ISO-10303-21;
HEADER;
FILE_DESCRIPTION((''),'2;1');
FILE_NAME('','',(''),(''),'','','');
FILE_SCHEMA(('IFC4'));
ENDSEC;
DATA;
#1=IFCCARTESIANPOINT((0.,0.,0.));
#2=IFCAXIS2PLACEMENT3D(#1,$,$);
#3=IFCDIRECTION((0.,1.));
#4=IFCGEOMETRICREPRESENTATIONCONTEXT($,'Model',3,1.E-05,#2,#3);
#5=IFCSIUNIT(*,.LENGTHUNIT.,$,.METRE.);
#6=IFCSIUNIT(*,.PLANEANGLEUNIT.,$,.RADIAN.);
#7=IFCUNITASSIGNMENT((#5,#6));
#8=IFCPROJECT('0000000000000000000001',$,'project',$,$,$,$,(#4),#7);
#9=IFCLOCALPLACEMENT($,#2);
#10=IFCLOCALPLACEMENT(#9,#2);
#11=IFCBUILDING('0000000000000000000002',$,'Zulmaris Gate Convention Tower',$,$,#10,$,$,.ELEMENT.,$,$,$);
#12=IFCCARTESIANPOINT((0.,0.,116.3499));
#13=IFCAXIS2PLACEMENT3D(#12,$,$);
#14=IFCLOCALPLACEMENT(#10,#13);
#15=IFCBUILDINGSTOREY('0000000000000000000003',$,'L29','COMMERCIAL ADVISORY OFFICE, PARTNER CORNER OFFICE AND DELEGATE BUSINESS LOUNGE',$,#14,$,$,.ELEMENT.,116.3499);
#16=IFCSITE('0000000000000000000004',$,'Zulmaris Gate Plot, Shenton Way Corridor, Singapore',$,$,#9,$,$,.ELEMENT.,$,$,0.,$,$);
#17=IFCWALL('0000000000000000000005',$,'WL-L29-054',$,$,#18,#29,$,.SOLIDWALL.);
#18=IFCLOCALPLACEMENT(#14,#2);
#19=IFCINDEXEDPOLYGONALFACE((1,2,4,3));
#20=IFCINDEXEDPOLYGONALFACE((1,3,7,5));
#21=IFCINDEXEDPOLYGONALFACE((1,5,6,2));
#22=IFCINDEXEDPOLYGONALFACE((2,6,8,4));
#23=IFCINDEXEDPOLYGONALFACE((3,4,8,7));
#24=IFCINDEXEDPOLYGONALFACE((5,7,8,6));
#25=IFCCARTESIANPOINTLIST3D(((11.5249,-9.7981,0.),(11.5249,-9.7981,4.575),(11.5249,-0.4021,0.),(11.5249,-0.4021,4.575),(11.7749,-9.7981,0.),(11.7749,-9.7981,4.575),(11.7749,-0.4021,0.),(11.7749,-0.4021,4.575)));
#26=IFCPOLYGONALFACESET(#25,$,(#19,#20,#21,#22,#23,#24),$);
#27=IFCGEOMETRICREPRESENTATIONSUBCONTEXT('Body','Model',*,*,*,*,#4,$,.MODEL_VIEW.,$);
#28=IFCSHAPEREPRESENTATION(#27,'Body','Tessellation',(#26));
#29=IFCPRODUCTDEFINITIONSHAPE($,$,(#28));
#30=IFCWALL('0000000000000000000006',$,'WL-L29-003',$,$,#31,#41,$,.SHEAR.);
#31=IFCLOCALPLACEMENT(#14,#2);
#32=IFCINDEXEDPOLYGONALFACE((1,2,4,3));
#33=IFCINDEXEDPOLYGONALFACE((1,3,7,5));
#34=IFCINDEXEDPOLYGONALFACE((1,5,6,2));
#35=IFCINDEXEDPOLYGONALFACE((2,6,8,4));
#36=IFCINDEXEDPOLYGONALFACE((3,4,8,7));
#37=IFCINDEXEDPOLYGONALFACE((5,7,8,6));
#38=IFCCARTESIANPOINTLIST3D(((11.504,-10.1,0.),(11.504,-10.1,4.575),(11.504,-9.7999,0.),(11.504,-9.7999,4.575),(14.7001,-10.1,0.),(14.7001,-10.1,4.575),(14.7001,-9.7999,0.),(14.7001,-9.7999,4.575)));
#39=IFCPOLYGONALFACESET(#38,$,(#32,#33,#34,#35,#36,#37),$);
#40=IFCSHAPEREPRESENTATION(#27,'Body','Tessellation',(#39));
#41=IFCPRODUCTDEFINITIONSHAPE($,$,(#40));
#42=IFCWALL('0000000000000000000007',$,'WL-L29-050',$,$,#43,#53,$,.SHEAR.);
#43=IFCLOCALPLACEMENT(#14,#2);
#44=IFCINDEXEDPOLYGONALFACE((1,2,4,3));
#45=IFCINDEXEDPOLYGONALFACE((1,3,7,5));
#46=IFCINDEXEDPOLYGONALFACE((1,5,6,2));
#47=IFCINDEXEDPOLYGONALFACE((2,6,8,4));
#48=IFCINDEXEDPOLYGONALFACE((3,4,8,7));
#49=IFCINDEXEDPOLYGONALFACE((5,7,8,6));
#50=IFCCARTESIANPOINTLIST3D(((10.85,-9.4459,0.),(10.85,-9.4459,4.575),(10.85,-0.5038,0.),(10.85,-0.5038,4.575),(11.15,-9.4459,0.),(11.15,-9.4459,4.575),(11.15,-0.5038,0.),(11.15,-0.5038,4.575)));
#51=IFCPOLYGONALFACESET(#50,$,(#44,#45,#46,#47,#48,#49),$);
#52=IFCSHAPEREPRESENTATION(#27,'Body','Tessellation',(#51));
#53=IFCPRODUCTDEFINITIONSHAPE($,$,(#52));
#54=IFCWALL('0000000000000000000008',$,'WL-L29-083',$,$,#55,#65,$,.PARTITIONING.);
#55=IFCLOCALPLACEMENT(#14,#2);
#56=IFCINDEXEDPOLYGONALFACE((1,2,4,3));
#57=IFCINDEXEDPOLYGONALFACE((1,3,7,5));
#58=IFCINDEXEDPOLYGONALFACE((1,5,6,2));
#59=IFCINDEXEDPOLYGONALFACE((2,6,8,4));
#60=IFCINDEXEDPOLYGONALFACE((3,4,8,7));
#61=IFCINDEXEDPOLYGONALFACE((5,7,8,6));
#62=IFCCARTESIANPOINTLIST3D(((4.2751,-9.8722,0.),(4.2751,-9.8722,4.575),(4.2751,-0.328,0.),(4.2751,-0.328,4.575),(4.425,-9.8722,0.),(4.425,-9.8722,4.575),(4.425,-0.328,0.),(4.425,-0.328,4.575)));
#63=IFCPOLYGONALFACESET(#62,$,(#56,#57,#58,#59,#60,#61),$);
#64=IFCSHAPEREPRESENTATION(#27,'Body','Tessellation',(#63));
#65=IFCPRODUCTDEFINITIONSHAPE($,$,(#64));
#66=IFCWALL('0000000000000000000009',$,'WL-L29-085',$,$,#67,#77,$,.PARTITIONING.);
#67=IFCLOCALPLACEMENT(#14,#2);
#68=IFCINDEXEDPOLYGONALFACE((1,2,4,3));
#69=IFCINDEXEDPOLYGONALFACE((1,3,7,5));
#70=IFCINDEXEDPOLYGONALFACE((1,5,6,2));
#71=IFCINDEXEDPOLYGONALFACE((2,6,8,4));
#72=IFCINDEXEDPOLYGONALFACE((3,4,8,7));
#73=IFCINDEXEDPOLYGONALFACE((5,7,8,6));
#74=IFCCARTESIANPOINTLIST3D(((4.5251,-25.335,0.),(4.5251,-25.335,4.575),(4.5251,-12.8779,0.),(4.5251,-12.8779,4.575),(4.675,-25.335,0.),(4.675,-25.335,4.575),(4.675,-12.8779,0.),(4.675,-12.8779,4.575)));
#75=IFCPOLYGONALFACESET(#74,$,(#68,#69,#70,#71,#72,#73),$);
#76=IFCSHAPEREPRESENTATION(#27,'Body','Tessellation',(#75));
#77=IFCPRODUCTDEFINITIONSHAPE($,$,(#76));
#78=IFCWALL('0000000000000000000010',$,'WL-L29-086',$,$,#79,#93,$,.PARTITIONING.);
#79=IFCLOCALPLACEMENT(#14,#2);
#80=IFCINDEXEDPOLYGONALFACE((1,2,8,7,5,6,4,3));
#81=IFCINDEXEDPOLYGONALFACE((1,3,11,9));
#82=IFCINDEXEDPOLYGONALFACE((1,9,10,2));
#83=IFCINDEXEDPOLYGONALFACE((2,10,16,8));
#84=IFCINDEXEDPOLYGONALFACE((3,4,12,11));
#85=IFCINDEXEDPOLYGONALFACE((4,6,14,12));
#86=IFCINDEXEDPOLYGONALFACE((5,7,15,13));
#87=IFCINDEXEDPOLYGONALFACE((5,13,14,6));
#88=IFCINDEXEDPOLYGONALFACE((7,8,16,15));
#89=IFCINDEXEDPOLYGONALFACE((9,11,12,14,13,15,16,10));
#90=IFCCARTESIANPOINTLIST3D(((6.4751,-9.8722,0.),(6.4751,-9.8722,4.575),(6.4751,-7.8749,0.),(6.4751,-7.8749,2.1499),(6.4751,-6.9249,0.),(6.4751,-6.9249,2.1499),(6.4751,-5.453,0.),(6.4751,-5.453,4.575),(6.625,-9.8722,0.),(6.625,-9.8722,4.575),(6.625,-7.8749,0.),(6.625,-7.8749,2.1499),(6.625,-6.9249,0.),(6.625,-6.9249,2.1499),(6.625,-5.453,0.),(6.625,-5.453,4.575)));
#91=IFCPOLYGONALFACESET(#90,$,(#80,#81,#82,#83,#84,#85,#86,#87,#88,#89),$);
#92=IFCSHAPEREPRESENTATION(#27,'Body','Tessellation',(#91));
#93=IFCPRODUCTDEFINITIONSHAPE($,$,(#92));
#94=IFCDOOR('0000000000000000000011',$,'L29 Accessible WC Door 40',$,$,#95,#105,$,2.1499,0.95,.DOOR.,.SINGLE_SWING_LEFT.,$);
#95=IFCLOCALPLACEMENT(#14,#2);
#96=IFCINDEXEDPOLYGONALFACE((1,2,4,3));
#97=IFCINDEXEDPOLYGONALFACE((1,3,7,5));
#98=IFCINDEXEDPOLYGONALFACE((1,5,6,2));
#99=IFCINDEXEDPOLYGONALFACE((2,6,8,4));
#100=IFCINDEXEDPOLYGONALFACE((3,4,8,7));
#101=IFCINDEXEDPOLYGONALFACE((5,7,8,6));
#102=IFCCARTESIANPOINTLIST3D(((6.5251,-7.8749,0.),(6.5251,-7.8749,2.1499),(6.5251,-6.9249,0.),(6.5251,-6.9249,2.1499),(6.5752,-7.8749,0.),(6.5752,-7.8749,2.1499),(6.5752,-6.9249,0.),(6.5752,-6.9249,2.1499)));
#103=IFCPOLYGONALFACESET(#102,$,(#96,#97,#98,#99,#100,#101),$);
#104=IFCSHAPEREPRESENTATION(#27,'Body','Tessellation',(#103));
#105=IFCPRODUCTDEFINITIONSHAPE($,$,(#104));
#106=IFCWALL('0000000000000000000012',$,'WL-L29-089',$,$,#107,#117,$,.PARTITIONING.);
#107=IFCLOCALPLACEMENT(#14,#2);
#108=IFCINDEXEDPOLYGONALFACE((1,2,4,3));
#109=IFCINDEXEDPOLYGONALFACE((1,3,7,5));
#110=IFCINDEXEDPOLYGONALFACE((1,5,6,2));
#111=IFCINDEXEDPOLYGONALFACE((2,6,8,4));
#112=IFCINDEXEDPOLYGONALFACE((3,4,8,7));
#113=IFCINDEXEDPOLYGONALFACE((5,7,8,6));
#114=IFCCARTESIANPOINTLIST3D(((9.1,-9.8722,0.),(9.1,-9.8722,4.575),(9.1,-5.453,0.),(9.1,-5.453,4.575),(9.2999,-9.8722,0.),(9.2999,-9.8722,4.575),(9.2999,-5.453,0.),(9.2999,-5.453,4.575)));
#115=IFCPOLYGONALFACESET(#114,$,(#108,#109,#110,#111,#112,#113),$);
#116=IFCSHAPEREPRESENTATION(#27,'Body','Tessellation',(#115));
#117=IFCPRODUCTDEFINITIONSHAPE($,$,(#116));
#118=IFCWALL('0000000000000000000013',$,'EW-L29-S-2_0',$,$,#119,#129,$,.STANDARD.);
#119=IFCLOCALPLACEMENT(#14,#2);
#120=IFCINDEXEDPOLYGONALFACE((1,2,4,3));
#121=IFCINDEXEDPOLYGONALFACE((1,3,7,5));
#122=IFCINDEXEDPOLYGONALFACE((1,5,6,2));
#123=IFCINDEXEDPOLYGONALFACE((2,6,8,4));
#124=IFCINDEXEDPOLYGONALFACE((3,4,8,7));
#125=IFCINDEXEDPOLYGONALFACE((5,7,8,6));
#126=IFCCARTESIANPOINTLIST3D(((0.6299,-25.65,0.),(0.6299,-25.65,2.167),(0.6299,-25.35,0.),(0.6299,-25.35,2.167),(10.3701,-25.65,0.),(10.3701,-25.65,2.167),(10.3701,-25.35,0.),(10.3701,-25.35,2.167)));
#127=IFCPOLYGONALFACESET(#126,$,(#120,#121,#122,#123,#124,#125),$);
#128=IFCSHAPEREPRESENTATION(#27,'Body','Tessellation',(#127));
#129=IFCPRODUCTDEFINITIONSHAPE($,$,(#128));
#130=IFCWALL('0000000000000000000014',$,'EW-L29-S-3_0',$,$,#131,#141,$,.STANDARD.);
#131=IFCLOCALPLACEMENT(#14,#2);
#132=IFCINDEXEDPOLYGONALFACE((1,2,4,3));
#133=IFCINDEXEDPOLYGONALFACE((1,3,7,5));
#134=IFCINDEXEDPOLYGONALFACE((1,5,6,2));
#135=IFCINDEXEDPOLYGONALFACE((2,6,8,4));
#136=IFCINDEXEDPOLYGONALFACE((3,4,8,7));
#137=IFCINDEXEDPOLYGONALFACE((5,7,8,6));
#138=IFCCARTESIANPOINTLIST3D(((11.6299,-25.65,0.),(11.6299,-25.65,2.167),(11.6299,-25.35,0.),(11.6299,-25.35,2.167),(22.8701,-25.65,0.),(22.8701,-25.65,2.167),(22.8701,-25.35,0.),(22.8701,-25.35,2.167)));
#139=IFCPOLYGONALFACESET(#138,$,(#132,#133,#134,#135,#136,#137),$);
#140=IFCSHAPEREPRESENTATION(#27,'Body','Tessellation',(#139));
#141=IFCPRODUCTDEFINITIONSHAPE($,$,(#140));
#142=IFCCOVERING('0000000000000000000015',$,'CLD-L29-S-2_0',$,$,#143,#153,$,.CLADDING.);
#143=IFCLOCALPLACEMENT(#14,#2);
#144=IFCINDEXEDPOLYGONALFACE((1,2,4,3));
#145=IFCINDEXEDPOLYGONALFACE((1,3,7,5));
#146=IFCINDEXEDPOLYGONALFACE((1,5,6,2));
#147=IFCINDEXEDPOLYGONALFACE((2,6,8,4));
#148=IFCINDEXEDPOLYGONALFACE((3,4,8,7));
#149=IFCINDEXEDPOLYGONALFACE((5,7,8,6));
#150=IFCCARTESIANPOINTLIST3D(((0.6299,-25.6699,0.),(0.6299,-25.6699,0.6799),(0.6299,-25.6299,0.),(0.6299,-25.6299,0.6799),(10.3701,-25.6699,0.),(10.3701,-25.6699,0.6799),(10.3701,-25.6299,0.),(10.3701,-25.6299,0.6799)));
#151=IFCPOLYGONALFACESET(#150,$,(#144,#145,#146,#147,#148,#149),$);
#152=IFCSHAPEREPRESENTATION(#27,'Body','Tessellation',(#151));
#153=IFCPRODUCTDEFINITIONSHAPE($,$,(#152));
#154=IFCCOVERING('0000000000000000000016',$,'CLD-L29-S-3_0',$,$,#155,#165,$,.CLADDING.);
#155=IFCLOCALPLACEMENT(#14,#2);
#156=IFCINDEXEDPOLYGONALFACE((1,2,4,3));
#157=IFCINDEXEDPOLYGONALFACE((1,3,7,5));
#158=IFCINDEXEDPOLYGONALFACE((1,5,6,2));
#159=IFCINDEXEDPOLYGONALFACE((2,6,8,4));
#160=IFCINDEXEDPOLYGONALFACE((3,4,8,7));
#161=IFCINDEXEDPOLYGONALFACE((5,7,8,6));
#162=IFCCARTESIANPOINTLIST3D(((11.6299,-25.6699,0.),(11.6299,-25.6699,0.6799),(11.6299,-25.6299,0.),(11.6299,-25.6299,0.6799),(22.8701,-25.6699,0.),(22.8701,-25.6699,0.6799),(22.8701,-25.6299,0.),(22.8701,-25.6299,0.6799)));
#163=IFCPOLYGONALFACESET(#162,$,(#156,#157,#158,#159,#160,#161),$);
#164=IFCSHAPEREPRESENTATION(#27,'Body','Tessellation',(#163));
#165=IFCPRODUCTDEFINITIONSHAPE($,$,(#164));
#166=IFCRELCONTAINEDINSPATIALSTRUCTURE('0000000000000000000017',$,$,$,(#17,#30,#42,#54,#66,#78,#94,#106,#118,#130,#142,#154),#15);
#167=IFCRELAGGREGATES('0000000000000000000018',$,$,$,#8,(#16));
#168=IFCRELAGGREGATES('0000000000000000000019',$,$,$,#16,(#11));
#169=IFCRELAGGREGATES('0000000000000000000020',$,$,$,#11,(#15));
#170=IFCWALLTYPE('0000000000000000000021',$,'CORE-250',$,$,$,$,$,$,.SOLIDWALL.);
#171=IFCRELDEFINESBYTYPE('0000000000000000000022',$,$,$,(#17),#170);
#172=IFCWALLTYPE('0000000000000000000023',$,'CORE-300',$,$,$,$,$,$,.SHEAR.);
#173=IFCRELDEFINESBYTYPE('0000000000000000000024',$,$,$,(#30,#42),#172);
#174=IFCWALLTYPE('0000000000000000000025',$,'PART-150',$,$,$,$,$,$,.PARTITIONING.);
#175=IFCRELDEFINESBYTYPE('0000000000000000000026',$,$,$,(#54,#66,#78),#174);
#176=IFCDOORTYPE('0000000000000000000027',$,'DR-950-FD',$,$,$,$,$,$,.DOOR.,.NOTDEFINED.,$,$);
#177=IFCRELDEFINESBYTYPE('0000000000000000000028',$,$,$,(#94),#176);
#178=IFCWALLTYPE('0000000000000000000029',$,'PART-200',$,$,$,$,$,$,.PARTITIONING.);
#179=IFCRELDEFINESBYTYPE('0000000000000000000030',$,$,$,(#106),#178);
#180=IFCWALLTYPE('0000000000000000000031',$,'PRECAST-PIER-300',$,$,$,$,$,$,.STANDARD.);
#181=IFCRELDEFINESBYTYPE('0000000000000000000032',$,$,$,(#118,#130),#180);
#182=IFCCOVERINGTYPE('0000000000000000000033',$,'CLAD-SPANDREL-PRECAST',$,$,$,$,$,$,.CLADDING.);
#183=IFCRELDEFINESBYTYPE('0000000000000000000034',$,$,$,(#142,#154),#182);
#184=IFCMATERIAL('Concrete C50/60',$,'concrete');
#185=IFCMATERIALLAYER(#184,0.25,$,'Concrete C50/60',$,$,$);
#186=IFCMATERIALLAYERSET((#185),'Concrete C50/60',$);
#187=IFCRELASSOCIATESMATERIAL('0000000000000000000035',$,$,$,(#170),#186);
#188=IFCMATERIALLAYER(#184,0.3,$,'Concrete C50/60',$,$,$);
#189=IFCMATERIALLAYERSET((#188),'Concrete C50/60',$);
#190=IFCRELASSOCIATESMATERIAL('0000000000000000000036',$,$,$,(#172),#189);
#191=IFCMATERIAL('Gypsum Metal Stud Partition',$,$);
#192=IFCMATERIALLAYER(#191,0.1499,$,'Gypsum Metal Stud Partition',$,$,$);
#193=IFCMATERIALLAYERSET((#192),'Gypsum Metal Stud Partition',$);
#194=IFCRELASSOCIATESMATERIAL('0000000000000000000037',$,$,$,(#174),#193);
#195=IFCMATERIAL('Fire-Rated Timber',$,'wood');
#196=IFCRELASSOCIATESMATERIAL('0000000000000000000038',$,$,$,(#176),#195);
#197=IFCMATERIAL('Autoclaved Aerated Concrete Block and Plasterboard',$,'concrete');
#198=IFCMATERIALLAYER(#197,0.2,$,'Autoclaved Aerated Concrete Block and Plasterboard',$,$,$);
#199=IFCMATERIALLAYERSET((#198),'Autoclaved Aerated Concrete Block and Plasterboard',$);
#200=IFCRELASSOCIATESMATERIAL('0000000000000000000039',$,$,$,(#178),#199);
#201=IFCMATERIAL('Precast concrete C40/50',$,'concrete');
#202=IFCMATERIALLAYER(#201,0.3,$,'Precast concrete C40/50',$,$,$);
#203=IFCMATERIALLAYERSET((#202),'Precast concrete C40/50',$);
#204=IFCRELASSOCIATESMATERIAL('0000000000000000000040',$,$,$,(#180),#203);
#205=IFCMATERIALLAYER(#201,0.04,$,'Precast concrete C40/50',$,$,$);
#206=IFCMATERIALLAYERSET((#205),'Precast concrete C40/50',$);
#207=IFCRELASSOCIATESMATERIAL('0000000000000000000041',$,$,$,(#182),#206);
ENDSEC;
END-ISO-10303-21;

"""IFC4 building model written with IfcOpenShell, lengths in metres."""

from ifc_helpers import new_model, si_unit, direction, frame, frame_2d, origin, place, context, subcontext, project, spatial, rectangle, extrude, material, layer, layer_set, type_object, element, fill, save


model = new_model("IFC4")

# Units and contexts
model_context = context("Model", 3, precision=1e-05, world=origin(), true_north=direction((0.0, 1.0)))
body_context = subcontext(model_context, "Body", "Model", "MODEL_VIEW")
ifc_project = project(units=[si_unit("LENGTHUNIT", "METRE"), si_unit("PLANEANGLEUNIT", "RADIAN")], contexts=[model_context])

# Site, building, storey
site_placement = place(None, origin())
site = spatial("IfcSite", under=ifc_project, at=site_placement, Name="Zulmaris Gate Plot, Shenton Way Corridor, Singapore", CompositionType="ELEMENT", RefElevation=0.0)
building_placement = place(site_placement, origin())
building = spatial("IfcBuilding", under=site, at=building_placement, Name="Zulmaris Gate Convention Tower", CompositionType="ELEMENT")
storey_placement = place(building_placement, frame((0.0, 0.0, 116.3499)))
storey = spatial("IfcBuildingStorey", under=building, at=storey_placement, Name="L29", Description="COMMERCIAL ADVISORY OFFICE, PARTNER CORNER OFFICE AND DELEGATE BUSINESS LOUNGE", CompositionType="ELEMENT", Elevation=116.3499)

# Walls
ifc_material_1 = material(Name="Concrete C50/60", Category="concrete")
ifc_layer_1 = layer(ifc_material_1, 0.25, Name="Concrete C50/60")
ifc_layer_set_1 = layer_set([ifc_layer_1], Name="Concrete C50/60")
wall_type_1 = type_object("IfcWallType", Name="CORE-250", PredefinedType="SOLIDWALL", material=ifc_layer_set_1)
wall_1_placement = place(storey_placement, frame((11.6499, -9.7981, 0.0), z_axis=(0.0, 0.0, 1.0), x_axis=(0.0, 1.0, 0.0)))
element("IfcWall", 1, at=wall_1_placement, inside=storey, type_object=wall_type_1, Name="WL-L29-054", PredefinedType="SOLIDWALL", context=body_context, shape_type="SweptSolid", body=[
    extrude(rectangle(XDim=9.396, YDim=0.25, at=frame_2d((4.698, 0.0))), origin(), (0.0, 0.0, 1.0), 4.575),
])
ifc_layer_2 = layer(ifc_material_1, 0.3, Name="Concrete C50/60")
ifc_layer_set_2 = layer_set([ifc_layer_2], Name="Concrete C50/60")
wall_type_2 = type_object("IfcWallType", Name="CORE-300", PredefinedType="SHEAR", material=ifc_layer_set_2)
wall_2_placement = place(storey_placement, frame((11.5039, -9.95, 0.0), z_axis=(0.0, 0.0, 1.0), x_axis=(1.0, 0.0, 0.0)))
element("IfcWall", 2, at=wall_2_placement, inside=storey, type_object=wall_type_2, Name="WL-L29-003", PredefinedType="SHEAR", context=body_context, shape_type="SweptSolid", body=[
    extrude(rectangle(XDim=3.196, YDim=0.3, at=frame_2d((1.5981, 0.0))), origin(), (0.0, 0.0, 1.0), 4.575),
])
wall_3_placement = place(storey_placement, frame((11.0, -9.446, 0.0), z_axis=(0.0, 0.0, 1.0), x_axis=(0.0, 1.0, 0.0)))
element("IfcWall", 3, at=wall_3_placement, inside=storey, type_object=wall_type_2, Name="WL-L29-050", PredefinedType="SHEAR", context=body_context, shape_type="SweptSolid", body=[
    extrude(rectangle(XDim=8.9421, YDim=0.3, at=frame_2d((4.4712, 0.0))), origin(), (0.0, 0.0, 1.0), 4.575),
])
ifc_material_2 = material(Name="Gypsum Metal Stud Partition")
ifc_layer_3 = layer(ifc_material_2, 0.1499, Name="Gypsum Metal Stud Partition")
ifc_layer_set_3 = layer_set([ifc_layer_3], Name="Gypsum Metal Stud Partition")
wall_type_3 = type_object("IfcWallType", Name="PART-150", PredefinedType="PARTITIONING", material=ifc_layer_set_3)
wall_4_placement = place(storey_placement, frame((4.3501, -9.8721, 0.0), z_axis=(0.0, 0.0, 1.0), x_axis=(0.0, 1.0, 0.0)))
element("IfcWall", 4, at=wall_4_placement, inside=storey, type_object=wall_type_3, Name="WL-L29-083", PredefinedType="PARTITIONING", context=body_context, shape_type="SweptSolid", body=[
    extrude(rectangle(XDim=9.5442, YDim=0.1499, at=frame_2d((4.772, 0.0))), origin(), (0.0, 0.0, 1.0), 4.575),
])
wall_5_placement = place(storey_placement, frame((4.6001, -25.335, 0.0), z_axis=(0.0, 0.0, 1.0), x_axis=(0.0, 1.0, 0.0)))
element("IfcWall", 5, at=wall_5_placement, inside=storey, type_object=wall_type_3, Name="WL-L29-085", PredefinedType="PARTITIONING", context=body_context, shape_type="SweptSolid", body=[
    extrude(rectangle(XDim=12.457, YDim=0.1499, at=frame_2d((6.2285, 0.0))), origin(), (0.0, 0.0, 1.0), 4.575),
])

# Wall, opening, door
wall_6_placement = place(storey_placement, frame((6.55, -9.8721, 0.0), z_axis=(0.0, 0.0, 1.0), x_axis=(0.0, 1.0, 0.0)))
wall_6 = element("IfcWall", 6, at=wall_6_placement, inside=storey, type_object=wall_type_3, Name="WL-L29-086", PredefinedType="PARTITIONING", context=body_context, shape_type="SweptSolid", body=[
    extrude(rectangle(XDim=4.4192, YDim=0.1499, at=frame_2d((2.2095, 0.0))), origin(), (0.0, 0.0, 1.0), 4.575),
])
opening_placement = place(wall_6_placement, frame((1.9971, 0.0, 0.0)))
opening = element("IfcOpeningElement", 7, at=opening_placement, cuts=wall_6, PredefinedType="OPENING", context=body_context, shape_type="SweptSolid", body=[
    extrude(rectangle(XDim=0.95, YDim=2.1499, at=frame_2d((0.4751, 1.075))), frame((0.0, 0.085, 0.0), z_axis=(0.0, -1.0, 0.0), x_axis=(1.0, 0.0, 0.0)), (0.0, 0.0, 1.0), 0.1699),
])
ifc_material_3 = material(Name="Fire-Rated Timber", Category="wood")
door_type = type_object("IfcDoorType", Name="DR-950-FD", OperationType="NOTDEFINED", PredefinedType="DOOR", material=ifc_material_3)
door_placement = place(opening_placement, origin())
door = element("IfcDoor", 8, at=door_placement, inside=storey, type_object=door_type, Name="L29 Accessible WC Door 40", OperationType="SINGLE_SWING_LEFT", OverallHeight=2.1499, OverallWidth=0.95, PredefinedType="DOOR", context=body_context, shape_type="SweptSolid", body=[
    extrude(rectangle(XDim=0.95, YDim=2.1499, at=frame_2d((0.4751, 1.075))), frame((0.0, 0.0249, 0.0), z_axis=(0.0, -1.0, 0.0), x_axis=(1.0, 0.0, 0.0)), (0.0, 0.0, 1.0), 0.05),
])
fill(opening, door)

# Walls
ifc_material_4 = material(Name="Autoclaved Aerated Concrete Block and Plasterboard", Category="concrete")
ifc_layer_4 = layer(ifc_material_4, 0.2, Name="Autoclaved Aerated Concrete Block and Plasterboard")
ifc_layer_set_4 = layer_set([ifc_layer_4], Name="Autoclaved Aerated Concrete Block and Plasterboard")
wall_type_4 = type_object("IfcWallType", Name="PART-200", PredefinedType="PARTITIONING", material=ifc_layer_set_4)
wall_7_placement = place(storey_placement, frame((9.2, -9.8721, 0.0), z_axis=(0.0, 0.0, 1.0), x_axis=(0.0, 1.0, 0.0)))
element("IfcWall", 9, at=wall_7_placement, inside=storey, type_object=wall_type_4, Name="WL-L29-089", PredefinedType="PARTITIONING", context=body_context, shape_type="SweptSolid", body=[
    extrude(rectangle(XDim=4.4192, YDim=0.2, at=frame_2d((2.2095, 0.0))), origin(), (0.0, 0.0, 1.0), 4.575),
])
ifc_material_5 = material(Name="Precast concrete C40/50", Category="concrete")
ifc_layer_5 = layer(ifc_material_5, 0.3, Name="Precast concrete C40/50")
ifc_layer_set_5 = layer_set([ifc_layer_5], Name="Precast concrete C40/50")
wall_type_5 = type_object("IfcWallType", Name="PRECAST-PIER-300", PredefinedType="STANDARD", material=ifc_layer_set_5)
wall_8_placement = place(storey_placement, frame((0.6299, -25.5, 0.0), z_axis=(0.0, 0.0, 1.0), x_axis=(1.0, 0.0, 0.0)))
element("IfcWall", 10, at=wall_8_placement, inside=storey, type_object=wall_type_5, Name="EW-L29-S-2_0", PredefinedType="STANDARD", context=body_context, shape_type="SweptSolid", body=[
    extrude(rectangle(XDim=9.7402, YDim=0.3, at=frame_2d((4.8701, 0.0))), origin(), (0.0, 0.0, 1.0), 2.167),
])
wall_9_placement = place(storey_placement, frame((11.6299, -25.5, 0.0), z_axis=(0.0, 0.0, 1.0), x_axis=(1.0, 0.0, 0.0)))
element("IfcWall", 11, at=wall_9_placement, inside=storey, type_object=wall_type_5, Name="EW-L29-S-3_0", PredefinedType="STANDARD", context=body_context, shape_type="SweptSolid", body=[
    extrude(rectangle(XDim=11.2402, YDim=0.3, at=frame_2d((5.6201, 0.0))), origin(), (0.0, 0.0, 1.0), 2.167),
])

# Coverings
ifc_layer_6 = layer(ifc_material_5, 0.04, Name="Precast concrete C40/50")
ifc_layer_set_6 = layer_set([ifc_layer_6], Name="Precast concrete C40/50")
covering_type = type_object("IfcCoveringType", Name="CLAD-SPANDREL-PRECAST", PredefinedType="CLADDING", material=ifc_layer_set_6)
covering_1_placement = place(storey_placement, frame((0.6299, -25.6499, 0.0), z_axis=(0.0, 0.0, 1.0), x_axis=(1.0, 0.0, 0.0)))
element("IfcCovering", 12, at=covering_1_placement, inside=storey, type_object=covering_type, Name="CLD-L29-S-2_0", PredefinedType="CLADDING", context=body_context, shape_type="SweptSolid", body=[
    extrude(rectangle(XDim=9.7402, YDim=0.04, at=frame_2d((4.8701, 0.0))), origin(), (0.0, 0.0, 1.0), 0.6799),
])
covering_2_placement = place(storey_placement, frame((11.6299, -25.6499, 0.0), z_axis=(0.0, 0.0, 1.0), x_axis=(1.0, 0.0, 0.0)))
element("IfcCovering", 13, at=covering_2_placement, inside=storey, type_object=covering_type, Name="CLD-L29-S-3_0", PredefinedType="CLADDING", context=body_context, shape_type="SweptSolid", body=[
    extrude(rectangle(XDim=11.2402, YDim=0.04, at=frame_2d((5.6201, 0.0))), origin(), (0.0, 0.0, 1.0), 0.6799),
])

save(model, "model.ifc")
